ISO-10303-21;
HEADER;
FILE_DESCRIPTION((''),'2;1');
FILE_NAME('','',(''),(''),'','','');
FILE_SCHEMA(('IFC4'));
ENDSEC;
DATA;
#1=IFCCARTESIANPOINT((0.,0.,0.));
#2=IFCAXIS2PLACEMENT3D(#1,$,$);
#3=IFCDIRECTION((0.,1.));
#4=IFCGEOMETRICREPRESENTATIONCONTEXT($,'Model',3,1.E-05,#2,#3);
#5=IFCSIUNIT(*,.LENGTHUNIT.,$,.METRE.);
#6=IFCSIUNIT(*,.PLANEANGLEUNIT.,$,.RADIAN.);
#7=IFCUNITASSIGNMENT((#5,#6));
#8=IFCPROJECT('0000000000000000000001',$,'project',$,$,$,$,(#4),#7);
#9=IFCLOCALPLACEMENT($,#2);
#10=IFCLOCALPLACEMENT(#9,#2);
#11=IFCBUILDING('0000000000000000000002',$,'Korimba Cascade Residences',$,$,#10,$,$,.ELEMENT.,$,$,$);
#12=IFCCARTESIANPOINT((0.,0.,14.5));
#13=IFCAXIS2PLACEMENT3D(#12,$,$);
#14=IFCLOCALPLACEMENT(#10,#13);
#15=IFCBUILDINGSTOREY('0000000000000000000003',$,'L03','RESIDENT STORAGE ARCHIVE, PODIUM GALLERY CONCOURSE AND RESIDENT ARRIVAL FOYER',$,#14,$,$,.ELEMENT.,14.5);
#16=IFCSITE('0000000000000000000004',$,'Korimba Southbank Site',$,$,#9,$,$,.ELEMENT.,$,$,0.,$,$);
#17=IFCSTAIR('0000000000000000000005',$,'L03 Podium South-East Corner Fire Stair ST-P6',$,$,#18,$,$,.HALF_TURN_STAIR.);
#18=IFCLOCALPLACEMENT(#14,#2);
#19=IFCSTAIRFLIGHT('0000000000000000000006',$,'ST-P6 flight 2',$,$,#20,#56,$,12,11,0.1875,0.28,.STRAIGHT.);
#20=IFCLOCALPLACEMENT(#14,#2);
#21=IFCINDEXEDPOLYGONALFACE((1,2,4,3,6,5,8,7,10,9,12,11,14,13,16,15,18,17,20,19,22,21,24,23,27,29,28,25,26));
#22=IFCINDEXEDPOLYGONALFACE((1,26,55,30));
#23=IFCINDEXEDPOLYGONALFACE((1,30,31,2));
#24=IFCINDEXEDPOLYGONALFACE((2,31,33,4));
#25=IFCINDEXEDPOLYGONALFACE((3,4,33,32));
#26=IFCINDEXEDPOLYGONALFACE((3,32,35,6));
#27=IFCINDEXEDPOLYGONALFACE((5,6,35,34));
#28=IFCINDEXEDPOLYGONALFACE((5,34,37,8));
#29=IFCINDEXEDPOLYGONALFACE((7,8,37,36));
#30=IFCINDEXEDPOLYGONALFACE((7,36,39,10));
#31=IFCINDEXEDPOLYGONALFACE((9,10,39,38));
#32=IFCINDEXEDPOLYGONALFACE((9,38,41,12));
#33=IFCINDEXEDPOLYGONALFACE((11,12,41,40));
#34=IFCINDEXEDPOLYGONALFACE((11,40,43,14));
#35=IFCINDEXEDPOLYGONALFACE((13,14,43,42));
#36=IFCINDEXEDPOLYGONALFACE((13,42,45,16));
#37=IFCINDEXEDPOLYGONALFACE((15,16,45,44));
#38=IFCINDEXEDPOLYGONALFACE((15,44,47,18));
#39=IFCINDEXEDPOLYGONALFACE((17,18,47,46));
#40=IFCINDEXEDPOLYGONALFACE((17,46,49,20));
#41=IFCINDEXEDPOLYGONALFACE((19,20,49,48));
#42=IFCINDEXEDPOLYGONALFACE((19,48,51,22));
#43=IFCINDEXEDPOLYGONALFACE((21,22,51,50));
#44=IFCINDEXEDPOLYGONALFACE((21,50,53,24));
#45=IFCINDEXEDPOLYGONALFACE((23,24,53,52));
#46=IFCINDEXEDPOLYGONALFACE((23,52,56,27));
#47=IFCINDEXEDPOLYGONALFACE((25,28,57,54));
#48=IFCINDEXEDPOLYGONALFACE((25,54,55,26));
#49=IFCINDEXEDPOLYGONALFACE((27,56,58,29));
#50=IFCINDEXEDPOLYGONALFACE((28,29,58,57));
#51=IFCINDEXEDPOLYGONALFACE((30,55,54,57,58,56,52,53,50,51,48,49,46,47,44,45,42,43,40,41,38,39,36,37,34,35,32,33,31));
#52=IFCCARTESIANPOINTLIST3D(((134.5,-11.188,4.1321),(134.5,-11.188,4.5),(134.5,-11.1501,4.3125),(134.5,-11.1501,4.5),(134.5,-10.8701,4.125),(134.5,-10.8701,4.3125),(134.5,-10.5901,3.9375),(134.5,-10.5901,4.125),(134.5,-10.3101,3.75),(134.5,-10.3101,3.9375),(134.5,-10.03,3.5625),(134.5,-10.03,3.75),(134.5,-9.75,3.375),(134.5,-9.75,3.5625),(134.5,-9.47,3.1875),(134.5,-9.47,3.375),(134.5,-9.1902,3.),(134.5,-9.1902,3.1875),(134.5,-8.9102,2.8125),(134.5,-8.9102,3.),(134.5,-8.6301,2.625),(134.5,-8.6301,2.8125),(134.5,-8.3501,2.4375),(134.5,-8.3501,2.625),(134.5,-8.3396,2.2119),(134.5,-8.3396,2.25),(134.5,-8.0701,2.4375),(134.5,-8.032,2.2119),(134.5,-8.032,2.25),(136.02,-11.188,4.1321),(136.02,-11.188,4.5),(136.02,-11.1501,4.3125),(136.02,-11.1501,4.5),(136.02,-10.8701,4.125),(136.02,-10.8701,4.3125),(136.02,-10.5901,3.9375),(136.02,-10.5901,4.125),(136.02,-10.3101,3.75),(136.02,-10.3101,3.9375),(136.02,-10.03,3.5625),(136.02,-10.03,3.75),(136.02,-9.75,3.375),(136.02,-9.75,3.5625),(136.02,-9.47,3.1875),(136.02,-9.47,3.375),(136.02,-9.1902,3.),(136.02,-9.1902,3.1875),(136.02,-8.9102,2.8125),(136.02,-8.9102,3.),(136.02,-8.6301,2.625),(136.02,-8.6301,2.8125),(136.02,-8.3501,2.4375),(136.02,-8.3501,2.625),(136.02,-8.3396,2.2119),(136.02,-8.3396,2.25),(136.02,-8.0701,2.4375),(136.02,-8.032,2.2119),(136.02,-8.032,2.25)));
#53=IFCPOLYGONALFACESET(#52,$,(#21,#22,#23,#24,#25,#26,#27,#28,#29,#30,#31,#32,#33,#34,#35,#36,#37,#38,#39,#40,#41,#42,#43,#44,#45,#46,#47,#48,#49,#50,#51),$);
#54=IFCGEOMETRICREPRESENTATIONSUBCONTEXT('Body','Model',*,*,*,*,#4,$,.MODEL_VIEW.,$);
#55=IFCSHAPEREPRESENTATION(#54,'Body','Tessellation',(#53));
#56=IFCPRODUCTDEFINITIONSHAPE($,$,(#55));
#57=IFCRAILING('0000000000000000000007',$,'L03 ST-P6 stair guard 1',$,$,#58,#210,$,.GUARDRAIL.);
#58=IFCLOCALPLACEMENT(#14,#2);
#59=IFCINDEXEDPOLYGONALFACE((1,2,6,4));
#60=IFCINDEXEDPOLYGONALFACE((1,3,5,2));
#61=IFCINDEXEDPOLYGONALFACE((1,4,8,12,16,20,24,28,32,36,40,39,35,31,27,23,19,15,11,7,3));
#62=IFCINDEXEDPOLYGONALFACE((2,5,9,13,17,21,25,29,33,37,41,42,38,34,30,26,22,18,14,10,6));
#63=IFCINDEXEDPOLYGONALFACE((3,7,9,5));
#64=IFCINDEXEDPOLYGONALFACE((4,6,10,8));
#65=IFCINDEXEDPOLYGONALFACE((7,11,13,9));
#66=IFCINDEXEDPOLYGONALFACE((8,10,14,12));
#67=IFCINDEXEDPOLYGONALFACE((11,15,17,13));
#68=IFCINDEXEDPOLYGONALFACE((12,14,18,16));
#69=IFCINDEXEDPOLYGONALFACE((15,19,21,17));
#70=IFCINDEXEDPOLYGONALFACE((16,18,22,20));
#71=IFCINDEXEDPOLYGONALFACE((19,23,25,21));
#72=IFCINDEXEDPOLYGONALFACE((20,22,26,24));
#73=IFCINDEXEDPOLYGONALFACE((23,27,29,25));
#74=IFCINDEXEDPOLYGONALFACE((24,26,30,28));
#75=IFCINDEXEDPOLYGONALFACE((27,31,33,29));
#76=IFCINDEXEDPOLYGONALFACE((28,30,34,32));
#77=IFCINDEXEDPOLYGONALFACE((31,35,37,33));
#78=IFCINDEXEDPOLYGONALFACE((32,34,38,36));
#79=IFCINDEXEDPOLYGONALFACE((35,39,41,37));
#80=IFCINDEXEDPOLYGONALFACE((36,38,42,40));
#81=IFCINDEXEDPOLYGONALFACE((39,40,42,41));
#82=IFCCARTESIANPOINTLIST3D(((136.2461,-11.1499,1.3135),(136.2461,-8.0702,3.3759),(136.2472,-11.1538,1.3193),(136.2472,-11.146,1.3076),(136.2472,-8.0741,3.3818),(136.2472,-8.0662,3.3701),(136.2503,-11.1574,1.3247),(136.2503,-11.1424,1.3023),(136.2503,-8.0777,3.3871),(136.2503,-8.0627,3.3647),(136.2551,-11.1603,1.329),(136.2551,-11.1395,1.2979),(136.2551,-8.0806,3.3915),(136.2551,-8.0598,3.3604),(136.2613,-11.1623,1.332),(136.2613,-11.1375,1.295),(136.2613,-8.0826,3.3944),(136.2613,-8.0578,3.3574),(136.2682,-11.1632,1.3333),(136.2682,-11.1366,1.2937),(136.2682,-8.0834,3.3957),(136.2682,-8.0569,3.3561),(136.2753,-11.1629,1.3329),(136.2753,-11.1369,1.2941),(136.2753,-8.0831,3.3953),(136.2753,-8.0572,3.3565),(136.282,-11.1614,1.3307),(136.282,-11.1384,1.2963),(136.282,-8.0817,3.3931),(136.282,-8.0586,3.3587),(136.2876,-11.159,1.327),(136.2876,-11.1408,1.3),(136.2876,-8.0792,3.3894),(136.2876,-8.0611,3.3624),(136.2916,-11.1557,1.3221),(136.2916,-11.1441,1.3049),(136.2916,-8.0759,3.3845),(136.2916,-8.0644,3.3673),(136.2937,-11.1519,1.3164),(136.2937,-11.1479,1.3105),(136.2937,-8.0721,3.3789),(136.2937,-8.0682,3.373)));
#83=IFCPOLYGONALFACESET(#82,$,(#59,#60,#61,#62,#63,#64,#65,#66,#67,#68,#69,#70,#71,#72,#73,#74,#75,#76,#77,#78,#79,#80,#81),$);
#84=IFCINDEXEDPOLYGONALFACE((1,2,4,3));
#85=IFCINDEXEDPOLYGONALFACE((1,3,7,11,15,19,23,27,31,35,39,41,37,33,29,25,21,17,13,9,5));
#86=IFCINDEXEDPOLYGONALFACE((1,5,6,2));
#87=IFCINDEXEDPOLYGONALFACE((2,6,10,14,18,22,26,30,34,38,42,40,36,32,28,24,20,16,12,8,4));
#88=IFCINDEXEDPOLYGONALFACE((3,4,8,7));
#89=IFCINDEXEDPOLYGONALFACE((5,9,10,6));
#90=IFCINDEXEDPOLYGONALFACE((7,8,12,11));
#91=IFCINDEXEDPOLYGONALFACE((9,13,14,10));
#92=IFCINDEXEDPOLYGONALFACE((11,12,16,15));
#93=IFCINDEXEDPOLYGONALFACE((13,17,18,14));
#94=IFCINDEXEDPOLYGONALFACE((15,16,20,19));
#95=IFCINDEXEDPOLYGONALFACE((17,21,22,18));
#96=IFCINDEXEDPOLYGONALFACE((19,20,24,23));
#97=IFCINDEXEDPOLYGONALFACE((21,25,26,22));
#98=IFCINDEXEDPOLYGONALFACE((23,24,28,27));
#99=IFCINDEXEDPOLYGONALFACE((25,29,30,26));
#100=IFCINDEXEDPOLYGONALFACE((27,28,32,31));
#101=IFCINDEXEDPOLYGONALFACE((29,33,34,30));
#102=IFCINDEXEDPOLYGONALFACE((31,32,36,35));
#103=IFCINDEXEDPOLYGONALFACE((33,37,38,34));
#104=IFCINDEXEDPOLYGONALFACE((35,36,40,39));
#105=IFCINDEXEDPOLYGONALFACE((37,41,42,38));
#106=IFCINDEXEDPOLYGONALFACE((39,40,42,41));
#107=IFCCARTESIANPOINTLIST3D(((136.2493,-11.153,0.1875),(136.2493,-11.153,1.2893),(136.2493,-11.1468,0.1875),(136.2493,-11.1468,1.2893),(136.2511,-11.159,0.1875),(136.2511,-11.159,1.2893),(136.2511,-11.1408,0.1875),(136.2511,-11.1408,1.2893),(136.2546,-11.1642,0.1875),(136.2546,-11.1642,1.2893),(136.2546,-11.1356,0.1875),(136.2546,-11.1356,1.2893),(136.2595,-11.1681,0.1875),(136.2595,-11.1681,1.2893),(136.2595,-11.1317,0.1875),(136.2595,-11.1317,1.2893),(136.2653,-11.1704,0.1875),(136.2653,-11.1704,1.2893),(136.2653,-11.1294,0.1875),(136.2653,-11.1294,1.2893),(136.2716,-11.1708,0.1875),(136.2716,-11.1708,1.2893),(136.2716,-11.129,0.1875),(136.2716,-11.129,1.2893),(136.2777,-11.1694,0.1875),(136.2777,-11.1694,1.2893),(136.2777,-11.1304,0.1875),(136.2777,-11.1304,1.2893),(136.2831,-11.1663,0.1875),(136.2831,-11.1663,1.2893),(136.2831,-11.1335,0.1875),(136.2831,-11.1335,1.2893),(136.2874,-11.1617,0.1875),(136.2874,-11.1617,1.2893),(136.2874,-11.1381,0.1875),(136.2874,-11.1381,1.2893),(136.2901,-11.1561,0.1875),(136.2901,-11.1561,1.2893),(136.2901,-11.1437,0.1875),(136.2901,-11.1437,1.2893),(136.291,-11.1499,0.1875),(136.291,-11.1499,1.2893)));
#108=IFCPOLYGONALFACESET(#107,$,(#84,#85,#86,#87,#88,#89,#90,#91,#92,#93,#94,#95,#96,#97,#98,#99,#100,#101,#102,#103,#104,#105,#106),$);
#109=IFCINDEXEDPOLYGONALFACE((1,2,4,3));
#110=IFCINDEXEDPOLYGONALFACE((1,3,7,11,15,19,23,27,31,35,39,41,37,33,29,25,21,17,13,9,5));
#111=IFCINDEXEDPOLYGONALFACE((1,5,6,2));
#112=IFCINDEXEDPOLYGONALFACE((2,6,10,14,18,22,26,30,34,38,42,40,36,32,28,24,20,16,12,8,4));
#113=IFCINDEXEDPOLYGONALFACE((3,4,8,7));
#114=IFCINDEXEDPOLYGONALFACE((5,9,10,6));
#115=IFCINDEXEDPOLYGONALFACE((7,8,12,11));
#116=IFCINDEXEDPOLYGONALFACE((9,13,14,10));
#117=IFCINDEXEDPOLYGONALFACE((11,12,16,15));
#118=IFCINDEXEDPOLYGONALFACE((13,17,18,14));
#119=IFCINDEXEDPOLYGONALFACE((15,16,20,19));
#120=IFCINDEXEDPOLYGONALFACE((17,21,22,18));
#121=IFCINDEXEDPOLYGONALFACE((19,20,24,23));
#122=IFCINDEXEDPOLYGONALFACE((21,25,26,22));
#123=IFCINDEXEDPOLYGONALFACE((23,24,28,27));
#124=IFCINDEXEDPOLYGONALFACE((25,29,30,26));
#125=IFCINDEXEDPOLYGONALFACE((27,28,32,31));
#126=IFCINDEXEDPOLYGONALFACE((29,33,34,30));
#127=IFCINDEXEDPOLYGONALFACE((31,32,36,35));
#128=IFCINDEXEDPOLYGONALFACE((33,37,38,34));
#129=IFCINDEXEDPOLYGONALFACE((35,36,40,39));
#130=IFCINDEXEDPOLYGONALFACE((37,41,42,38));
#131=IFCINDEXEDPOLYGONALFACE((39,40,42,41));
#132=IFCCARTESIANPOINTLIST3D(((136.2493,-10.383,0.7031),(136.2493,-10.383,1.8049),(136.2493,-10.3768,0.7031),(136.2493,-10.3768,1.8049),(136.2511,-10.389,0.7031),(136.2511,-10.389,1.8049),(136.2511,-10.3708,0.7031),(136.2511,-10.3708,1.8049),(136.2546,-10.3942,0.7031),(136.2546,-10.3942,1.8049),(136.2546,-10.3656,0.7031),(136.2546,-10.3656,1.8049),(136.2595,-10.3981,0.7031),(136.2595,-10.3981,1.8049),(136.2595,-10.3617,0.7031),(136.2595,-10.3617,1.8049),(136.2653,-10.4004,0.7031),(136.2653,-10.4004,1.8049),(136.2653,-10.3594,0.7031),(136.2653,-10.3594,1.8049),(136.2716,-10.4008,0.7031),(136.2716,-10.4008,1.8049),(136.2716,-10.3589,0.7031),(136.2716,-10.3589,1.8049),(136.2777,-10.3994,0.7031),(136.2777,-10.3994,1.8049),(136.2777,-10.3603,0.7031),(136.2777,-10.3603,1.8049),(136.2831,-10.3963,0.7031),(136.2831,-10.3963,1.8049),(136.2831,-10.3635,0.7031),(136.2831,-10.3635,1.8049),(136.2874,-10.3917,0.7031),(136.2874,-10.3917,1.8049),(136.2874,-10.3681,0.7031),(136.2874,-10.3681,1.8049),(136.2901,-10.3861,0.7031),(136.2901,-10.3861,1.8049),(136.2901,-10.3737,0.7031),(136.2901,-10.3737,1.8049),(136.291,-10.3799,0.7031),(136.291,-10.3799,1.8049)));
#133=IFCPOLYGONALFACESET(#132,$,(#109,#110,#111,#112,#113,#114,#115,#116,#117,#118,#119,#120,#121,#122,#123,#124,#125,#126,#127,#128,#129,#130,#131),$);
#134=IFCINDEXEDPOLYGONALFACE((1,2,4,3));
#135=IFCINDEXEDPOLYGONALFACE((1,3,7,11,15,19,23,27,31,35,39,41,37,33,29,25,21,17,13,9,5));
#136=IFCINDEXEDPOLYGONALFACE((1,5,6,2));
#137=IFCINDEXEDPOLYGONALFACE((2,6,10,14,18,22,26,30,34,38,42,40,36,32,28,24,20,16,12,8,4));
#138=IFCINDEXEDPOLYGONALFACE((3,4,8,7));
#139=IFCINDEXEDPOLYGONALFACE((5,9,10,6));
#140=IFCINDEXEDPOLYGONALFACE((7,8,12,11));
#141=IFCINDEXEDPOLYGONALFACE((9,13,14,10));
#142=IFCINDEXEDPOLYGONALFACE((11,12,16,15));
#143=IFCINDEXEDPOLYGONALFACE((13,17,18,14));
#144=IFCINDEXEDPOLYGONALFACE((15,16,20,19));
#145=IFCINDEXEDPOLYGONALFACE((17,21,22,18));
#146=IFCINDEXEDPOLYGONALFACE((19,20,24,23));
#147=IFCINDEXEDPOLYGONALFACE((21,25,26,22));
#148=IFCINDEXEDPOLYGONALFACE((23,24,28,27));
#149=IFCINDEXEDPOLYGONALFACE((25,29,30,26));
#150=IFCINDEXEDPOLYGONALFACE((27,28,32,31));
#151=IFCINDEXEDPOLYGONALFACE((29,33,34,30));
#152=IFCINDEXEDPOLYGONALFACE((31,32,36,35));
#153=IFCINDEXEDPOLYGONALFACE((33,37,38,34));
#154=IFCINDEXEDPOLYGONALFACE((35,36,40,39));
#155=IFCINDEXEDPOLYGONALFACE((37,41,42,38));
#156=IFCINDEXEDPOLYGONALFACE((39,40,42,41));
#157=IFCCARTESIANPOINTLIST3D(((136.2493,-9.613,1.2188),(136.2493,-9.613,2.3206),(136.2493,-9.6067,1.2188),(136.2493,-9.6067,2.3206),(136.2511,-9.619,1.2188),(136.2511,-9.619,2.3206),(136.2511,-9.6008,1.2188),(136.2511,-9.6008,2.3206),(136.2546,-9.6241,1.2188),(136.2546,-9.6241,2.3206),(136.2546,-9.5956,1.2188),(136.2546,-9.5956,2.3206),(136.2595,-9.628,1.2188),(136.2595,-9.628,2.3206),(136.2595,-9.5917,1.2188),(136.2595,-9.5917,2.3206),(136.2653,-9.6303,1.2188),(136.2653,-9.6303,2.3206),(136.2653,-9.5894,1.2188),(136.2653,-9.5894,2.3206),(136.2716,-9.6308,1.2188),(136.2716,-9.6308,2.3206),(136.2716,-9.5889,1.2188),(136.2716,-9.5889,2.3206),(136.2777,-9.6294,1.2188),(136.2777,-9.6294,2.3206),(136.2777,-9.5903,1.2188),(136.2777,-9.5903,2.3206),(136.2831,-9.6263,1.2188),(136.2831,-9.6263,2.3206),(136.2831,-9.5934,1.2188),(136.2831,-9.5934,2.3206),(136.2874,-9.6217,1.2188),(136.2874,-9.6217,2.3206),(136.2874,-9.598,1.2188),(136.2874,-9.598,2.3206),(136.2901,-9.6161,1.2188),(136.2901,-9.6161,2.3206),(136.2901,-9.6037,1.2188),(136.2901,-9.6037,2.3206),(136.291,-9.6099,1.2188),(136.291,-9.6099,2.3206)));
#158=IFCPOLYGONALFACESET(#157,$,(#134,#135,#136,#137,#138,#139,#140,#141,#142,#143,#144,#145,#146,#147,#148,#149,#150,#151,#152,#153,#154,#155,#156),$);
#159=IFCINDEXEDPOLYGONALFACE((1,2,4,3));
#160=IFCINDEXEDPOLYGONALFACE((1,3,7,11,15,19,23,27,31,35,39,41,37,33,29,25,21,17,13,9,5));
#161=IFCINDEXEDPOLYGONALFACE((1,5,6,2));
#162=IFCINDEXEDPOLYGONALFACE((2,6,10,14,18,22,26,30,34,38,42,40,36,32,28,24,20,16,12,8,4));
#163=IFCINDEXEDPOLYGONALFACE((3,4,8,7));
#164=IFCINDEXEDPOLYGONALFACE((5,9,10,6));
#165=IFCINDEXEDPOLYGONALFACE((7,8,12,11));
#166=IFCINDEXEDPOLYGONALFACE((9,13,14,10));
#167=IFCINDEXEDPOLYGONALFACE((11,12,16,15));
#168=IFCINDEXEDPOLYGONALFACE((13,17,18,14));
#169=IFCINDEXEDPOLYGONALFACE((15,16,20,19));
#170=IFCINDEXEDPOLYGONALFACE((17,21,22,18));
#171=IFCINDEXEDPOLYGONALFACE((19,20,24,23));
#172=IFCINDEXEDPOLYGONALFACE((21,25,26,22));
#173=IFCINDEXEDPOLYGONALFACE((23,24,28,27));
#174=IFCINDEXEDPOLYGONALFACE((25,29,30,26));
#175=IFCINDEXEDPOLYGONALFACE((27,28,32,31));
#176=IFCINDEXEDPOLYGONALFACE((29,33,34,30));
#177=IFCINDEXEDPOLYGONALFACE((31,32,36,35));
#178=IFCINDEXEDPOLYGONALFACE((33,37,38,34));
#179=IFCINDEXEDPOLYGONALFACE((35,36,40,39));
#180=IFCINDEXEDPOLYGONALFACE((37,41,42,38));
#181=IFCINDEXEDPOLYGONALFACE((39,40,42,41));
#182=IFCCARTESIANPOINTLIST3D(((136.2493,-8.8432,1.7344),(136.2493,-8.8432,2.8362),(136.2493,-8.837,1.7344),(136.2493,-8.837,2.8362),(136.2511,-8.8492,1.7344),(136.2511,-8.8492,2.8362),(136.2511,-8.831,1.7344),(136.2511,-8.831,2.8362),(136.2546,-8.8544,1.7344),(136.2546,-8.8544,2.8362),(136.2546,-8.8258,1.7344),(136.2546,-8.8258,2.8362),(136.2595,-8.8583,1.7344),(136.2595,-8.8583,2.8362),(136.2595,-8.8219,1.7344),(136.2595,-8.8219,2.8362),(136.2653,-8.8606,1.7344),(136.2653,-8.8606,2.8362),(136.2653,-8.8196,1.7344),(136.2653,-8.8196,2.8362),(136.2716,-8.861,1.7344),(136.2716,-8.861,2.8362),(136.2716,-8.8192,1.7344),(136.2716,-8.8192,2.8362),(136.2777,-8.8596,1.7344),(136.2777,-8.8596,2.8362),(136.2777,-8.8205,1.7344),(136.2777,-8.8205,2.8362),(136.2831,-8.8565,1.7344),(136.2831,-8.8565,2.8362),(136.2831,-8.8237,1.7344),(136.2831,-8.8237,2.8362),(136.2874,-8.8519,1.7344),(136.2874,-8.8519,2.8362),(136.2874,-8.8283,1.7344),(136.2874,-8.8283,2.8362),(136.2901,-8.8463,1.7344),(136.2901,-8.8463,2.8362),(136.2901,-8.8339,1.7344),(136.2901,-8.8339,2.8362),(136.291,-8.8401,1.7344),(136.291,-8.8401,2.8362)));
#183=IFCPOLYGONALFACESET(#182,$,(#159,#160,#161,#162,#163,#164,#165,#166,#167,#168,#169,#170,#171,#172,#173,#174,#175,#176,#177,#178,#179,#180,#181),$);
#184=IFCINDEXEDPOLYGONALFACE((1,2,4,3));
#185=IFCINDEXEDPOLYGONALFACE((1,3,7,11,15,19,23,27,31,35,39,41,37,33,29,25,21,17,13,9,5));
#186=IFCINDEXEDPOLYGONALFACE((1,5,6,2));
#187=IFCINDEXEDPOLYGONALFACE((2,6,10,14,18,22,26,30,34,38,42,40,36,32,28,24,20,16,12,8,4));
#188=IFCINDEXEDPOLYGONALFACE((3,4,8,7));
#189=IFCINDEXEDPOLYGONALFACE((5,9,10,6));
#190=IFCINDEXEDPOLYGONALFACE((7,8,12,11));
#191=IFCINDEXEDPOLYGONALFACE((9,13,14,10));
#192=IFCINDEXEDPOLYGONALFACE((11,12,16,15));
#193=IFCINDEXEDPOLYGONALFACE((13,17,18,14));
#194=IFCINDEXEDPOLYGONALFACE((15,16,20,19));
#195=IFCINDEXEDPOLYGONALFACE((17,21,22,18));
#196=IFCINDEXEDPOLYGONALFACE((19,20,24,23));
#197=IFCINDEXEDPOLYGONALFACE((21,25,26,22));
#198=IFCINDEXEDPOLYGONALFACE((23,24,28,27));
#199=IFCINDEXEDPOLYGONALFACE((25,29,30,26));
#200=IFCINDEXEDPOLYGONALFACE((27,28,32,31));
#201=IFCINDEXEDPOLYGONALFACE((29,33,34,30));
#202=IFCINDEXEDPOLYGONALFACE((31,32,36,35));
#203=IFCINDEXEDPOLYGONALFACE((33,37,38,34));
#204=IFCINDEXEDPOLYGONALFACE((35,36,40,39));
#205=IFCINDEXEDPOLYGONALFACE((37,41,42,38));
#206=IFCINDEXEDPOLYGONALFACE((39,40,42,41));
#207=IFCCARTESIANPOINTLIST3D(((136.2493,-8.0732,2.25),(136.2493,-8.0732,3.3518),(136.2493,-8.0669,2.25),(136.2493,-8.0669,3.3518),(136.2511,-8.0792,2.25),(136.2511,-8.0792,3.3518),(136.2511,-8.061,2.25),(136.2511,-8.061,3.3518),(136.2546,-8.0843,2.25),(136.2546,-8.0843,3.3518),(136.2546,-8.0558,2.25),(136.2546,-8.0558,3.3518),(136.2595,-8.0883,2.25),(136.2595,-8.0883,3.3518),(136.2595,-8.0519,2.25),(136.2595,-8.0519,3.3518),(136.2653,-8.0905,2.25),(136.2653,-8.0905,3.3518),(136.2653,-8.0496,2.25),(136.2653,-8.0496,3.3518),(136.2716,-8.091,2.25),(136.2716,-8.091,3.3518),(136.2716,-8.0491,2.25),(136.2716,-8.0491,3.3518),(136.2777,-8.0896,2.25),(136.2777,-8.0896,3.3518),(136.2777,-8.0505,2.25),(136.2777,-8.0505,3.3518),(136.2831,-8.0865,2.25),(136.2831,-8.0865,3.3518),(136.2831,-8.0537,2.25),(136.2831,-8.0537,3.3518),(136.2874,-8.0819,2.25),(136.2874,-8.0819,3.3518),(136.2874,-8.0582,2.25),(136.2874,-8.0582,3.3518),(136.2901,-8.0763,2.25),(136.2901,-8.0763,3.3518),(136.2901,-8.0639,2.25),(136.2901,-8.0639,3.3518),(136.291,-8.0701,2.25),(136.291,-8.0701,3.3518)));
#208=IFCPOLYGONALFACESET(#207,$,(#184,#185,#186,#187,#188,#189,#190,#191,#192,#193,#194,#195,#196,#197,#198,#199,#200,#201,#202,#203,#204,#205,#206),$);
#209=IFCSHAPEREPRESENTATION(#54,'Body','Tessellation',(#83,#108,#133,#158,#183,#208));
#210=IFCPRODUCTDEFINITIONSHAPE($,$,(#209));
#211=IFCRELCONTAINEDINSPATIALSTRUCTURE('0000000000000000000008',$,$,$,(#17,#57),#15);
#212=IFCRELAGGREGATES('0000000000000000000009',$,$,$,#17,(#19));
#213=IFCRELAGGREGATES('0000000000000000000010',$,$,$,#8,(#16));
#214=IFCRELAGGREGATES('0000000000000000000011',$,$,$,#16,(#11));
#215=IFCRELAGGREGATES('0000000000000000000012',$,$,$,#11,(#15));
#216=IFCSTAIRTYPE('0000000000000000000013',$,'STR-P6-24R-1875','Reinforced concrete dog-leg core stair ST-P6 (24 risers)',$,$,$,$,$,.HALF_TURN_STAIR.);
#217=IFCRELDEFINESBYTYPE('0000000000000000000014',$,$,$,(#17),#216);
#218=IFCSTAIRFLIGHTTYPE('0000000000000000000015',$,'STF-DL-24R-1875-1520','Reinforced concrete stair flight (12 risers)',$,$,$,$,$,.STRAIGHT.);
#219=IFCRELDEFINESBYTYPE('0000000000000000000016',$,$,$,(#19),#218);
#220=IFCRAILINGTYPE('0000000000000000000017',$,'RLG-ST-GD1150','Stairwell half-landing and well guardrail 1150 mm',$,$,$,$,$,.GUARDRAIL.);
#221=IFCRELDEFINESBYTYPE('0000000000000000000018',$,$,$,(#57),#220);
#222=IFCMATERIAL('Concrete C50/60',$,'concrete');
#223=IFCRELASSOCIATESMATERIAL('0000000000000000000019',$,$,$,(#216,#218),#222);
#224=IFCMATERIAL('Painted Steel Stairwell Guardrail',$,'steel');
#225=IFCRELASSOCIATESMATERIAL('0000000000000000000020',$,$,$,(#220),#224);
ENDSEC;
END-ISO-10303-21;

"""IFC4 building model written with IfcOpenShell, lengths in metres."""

from ifc_helpers import new_model, si_unit, direction, frame, origin, origin_2d, place, context, subcontext, project, spatial, polyline, circle, outline, extrude, material, type_object, element, aggregate, save


model = new_model("IFC4")

# Units and contexts
model_context = context("Model", 3, precision=1e-05, world=origin(), true_north=direction((0.0, 1.0)))
body_context = subcontext(model_context, "Body", "Model", "MODEL_VIEW")
ifc_project = project(units=[si_unit("LENGTHUNIT", "METRE"), si_unit("PLANEANGLEUNIT", "RADIAN")], contexts=[model_context])

# Site, building, storey
site_placement = place(None, origin())
site = spatial("IfcSite", under=ifc_project, at=site_placement, Name="Korimba Southbank Site", CompositionType="ELEMENT", RefElevation=0.0)
building_placement = place(site_placement, origin())
building = spatial("IfcBuilding", under=site, at=building_placement, Name="Korimba Cascade Residences", CompositionType="ELEMENT")
storey_placement = place(building_placement, frame((0.0, 0.0, 14.5)))
storey = spatial("IfcBuildingStorey", under=building, at=storey_placement, Name="L03", Description="RESIDENT STORAGE ARCHIVE, PODIUM GALLERY CONCOURSE AND RESIDENT ARRIVAL FOYER", CompositionType="ELEMENT", Elevation=14.5)

# Shared definitions
ifc_material_1 = material(Name="Concrete C50/60", Category="concrete")

# Stair, stair flight
stair_type = type_object("IfcStairType", Name="STR-P6-24R-1875", Description="Reinforced concrete dog-leg core stair ST-P6 (24 risers)", PredefinedType="HALF_TURN_STAIR", material=ifc_material_1)
stair_placement = place(storey_placement, origin())
stair = element("IfcStair", 1, at=stair_placement, inside=storey, type_object=stair_type, Name="L03 Podium South-East Corner Fire Stair ST-P6", PredefinedType="HALF_TURN_STAIR")
stair_flight_type = type_object("IfcStairFlightType", Name="STF-DL-24R-1875-1520", Description="Reinforced concrete stair flight (12 risers)", PredefinedType="STRAIGHT", material=ifc_material_1)
stair_flight_1_placement = place(storey_placement, frame((135.26, -8.0701, 2.25), z_axis=(0.0, 0.0, 1.0), x_axis=(0.0, -1.0, 0.0)))
stair_flight_1 = element("IfcStairFlight", 2, at=stair_flight_1_placement, type_object=stair_flight_type, Name="ST-P6 flight 2", NumberOfRisers=12, NumberOfTreads=11, PredefinedType="STRAIGHT", RiserHeight=0.1875, TreadLength=0.28, context=body_context, shape_type="SweptSolid", body=[
    extrude(outline(polyline([(-0.0381, 0.0), (0.0, 0.1875), (0.28, 0.1875), (0.28, 0.375), (0.5601, 0.375), (0.5601, 0.5625), (0.8401, 0.5625), (0.8401, 0.75), (1.1201, 0.75), (1.1201, 0.9375), (1.3999, 0.9375), (1.3999, 1.125), (1.6799, 1.125), (1.6799, 1.3125), (1.96, 1.3125), (1.96, 1.5), (2.24, 1.5), (2.24, 1.6875), (2.52, 1.6875), (2.52, 1.875), (2.8, 1.875), (2.8, 2.0625), (3.0801, 2.0625), (3.0801, 2.25), (3.1179, 2.25), (3.1179, 1.8821), (0.2695, 0.0), (0.2695, -0.0381), (-0.0381, -0.0381), (-0.0381, 0.0)])), frame((0.0, 0.76, 0.0), z_axis=(0.0, -1.0, 0.0), x_axis=(1.0, 0.0, 0.0)), (0.0, 0.0, 1.0), 1.52),
])
aggregate(stair, [stair_flight_1])

# Railing
ifc_material_2 = material(Name="Painted Steel Stairwell Guardrail", Category="steel")
railing_type_1 = type_object("IfcRailingType", Name="RLG-ST-GD1150", Description="Stairwell half-landing and well guardrail 1150 mm", PredefinedType="GUARDRAIL", material=ifc_material_2)
railing_1_placement = place(storey_placement, frame((136.27, -11.1499, 0.1875)))
element("IfcRailing", 3, at=railing_1_placement, inside=storey, type_object=railing_type_1, Name="L03 ST-P6 stair guard 1", PredefinedType="GUARDRAIL", context=body_context, shape_type="SweptSolid", body=[
    extrude(circle(Radius=0.0239, at=origin_2d()), frame((0.0, 0.0, 1.126), z_axis=(0.0, 0.830893, 0.556432), x_axis=(-1.0, 0.0, 0.0)), (0.0, 0.0, 1.0), 3.7065),
    extrude(circle(Radius=0.021, at=origin_2d()), origin(), (0.0, 0.0, 1.0), 1.1018),
    extrude(circle(Radius=0.021, at=origin_2d()), frame((0.0, 0.77, 0.5156)), (0.0, 0.0, 1.0), 1.1018),
    extrude(circle(Radius=0.021, at=origin_2d()), frame((0.0, 1.54, 1.0312)), (0.0, 0.0, 1.0), 1.1018),
    extrude(circle(Radius=0.021, at=origin_2d()), frame((0.0, 2.3098, 1.5469)), (0.0, 0.0, 1.0), 1.1018),
    extrude(circle(Radius=0.021, at=origin_2d()), frame((0.0, 3.0798, 2.0625)), (0.0, 0.0, 1.0), 1.1018),
])

save(model, "model.ifc")
